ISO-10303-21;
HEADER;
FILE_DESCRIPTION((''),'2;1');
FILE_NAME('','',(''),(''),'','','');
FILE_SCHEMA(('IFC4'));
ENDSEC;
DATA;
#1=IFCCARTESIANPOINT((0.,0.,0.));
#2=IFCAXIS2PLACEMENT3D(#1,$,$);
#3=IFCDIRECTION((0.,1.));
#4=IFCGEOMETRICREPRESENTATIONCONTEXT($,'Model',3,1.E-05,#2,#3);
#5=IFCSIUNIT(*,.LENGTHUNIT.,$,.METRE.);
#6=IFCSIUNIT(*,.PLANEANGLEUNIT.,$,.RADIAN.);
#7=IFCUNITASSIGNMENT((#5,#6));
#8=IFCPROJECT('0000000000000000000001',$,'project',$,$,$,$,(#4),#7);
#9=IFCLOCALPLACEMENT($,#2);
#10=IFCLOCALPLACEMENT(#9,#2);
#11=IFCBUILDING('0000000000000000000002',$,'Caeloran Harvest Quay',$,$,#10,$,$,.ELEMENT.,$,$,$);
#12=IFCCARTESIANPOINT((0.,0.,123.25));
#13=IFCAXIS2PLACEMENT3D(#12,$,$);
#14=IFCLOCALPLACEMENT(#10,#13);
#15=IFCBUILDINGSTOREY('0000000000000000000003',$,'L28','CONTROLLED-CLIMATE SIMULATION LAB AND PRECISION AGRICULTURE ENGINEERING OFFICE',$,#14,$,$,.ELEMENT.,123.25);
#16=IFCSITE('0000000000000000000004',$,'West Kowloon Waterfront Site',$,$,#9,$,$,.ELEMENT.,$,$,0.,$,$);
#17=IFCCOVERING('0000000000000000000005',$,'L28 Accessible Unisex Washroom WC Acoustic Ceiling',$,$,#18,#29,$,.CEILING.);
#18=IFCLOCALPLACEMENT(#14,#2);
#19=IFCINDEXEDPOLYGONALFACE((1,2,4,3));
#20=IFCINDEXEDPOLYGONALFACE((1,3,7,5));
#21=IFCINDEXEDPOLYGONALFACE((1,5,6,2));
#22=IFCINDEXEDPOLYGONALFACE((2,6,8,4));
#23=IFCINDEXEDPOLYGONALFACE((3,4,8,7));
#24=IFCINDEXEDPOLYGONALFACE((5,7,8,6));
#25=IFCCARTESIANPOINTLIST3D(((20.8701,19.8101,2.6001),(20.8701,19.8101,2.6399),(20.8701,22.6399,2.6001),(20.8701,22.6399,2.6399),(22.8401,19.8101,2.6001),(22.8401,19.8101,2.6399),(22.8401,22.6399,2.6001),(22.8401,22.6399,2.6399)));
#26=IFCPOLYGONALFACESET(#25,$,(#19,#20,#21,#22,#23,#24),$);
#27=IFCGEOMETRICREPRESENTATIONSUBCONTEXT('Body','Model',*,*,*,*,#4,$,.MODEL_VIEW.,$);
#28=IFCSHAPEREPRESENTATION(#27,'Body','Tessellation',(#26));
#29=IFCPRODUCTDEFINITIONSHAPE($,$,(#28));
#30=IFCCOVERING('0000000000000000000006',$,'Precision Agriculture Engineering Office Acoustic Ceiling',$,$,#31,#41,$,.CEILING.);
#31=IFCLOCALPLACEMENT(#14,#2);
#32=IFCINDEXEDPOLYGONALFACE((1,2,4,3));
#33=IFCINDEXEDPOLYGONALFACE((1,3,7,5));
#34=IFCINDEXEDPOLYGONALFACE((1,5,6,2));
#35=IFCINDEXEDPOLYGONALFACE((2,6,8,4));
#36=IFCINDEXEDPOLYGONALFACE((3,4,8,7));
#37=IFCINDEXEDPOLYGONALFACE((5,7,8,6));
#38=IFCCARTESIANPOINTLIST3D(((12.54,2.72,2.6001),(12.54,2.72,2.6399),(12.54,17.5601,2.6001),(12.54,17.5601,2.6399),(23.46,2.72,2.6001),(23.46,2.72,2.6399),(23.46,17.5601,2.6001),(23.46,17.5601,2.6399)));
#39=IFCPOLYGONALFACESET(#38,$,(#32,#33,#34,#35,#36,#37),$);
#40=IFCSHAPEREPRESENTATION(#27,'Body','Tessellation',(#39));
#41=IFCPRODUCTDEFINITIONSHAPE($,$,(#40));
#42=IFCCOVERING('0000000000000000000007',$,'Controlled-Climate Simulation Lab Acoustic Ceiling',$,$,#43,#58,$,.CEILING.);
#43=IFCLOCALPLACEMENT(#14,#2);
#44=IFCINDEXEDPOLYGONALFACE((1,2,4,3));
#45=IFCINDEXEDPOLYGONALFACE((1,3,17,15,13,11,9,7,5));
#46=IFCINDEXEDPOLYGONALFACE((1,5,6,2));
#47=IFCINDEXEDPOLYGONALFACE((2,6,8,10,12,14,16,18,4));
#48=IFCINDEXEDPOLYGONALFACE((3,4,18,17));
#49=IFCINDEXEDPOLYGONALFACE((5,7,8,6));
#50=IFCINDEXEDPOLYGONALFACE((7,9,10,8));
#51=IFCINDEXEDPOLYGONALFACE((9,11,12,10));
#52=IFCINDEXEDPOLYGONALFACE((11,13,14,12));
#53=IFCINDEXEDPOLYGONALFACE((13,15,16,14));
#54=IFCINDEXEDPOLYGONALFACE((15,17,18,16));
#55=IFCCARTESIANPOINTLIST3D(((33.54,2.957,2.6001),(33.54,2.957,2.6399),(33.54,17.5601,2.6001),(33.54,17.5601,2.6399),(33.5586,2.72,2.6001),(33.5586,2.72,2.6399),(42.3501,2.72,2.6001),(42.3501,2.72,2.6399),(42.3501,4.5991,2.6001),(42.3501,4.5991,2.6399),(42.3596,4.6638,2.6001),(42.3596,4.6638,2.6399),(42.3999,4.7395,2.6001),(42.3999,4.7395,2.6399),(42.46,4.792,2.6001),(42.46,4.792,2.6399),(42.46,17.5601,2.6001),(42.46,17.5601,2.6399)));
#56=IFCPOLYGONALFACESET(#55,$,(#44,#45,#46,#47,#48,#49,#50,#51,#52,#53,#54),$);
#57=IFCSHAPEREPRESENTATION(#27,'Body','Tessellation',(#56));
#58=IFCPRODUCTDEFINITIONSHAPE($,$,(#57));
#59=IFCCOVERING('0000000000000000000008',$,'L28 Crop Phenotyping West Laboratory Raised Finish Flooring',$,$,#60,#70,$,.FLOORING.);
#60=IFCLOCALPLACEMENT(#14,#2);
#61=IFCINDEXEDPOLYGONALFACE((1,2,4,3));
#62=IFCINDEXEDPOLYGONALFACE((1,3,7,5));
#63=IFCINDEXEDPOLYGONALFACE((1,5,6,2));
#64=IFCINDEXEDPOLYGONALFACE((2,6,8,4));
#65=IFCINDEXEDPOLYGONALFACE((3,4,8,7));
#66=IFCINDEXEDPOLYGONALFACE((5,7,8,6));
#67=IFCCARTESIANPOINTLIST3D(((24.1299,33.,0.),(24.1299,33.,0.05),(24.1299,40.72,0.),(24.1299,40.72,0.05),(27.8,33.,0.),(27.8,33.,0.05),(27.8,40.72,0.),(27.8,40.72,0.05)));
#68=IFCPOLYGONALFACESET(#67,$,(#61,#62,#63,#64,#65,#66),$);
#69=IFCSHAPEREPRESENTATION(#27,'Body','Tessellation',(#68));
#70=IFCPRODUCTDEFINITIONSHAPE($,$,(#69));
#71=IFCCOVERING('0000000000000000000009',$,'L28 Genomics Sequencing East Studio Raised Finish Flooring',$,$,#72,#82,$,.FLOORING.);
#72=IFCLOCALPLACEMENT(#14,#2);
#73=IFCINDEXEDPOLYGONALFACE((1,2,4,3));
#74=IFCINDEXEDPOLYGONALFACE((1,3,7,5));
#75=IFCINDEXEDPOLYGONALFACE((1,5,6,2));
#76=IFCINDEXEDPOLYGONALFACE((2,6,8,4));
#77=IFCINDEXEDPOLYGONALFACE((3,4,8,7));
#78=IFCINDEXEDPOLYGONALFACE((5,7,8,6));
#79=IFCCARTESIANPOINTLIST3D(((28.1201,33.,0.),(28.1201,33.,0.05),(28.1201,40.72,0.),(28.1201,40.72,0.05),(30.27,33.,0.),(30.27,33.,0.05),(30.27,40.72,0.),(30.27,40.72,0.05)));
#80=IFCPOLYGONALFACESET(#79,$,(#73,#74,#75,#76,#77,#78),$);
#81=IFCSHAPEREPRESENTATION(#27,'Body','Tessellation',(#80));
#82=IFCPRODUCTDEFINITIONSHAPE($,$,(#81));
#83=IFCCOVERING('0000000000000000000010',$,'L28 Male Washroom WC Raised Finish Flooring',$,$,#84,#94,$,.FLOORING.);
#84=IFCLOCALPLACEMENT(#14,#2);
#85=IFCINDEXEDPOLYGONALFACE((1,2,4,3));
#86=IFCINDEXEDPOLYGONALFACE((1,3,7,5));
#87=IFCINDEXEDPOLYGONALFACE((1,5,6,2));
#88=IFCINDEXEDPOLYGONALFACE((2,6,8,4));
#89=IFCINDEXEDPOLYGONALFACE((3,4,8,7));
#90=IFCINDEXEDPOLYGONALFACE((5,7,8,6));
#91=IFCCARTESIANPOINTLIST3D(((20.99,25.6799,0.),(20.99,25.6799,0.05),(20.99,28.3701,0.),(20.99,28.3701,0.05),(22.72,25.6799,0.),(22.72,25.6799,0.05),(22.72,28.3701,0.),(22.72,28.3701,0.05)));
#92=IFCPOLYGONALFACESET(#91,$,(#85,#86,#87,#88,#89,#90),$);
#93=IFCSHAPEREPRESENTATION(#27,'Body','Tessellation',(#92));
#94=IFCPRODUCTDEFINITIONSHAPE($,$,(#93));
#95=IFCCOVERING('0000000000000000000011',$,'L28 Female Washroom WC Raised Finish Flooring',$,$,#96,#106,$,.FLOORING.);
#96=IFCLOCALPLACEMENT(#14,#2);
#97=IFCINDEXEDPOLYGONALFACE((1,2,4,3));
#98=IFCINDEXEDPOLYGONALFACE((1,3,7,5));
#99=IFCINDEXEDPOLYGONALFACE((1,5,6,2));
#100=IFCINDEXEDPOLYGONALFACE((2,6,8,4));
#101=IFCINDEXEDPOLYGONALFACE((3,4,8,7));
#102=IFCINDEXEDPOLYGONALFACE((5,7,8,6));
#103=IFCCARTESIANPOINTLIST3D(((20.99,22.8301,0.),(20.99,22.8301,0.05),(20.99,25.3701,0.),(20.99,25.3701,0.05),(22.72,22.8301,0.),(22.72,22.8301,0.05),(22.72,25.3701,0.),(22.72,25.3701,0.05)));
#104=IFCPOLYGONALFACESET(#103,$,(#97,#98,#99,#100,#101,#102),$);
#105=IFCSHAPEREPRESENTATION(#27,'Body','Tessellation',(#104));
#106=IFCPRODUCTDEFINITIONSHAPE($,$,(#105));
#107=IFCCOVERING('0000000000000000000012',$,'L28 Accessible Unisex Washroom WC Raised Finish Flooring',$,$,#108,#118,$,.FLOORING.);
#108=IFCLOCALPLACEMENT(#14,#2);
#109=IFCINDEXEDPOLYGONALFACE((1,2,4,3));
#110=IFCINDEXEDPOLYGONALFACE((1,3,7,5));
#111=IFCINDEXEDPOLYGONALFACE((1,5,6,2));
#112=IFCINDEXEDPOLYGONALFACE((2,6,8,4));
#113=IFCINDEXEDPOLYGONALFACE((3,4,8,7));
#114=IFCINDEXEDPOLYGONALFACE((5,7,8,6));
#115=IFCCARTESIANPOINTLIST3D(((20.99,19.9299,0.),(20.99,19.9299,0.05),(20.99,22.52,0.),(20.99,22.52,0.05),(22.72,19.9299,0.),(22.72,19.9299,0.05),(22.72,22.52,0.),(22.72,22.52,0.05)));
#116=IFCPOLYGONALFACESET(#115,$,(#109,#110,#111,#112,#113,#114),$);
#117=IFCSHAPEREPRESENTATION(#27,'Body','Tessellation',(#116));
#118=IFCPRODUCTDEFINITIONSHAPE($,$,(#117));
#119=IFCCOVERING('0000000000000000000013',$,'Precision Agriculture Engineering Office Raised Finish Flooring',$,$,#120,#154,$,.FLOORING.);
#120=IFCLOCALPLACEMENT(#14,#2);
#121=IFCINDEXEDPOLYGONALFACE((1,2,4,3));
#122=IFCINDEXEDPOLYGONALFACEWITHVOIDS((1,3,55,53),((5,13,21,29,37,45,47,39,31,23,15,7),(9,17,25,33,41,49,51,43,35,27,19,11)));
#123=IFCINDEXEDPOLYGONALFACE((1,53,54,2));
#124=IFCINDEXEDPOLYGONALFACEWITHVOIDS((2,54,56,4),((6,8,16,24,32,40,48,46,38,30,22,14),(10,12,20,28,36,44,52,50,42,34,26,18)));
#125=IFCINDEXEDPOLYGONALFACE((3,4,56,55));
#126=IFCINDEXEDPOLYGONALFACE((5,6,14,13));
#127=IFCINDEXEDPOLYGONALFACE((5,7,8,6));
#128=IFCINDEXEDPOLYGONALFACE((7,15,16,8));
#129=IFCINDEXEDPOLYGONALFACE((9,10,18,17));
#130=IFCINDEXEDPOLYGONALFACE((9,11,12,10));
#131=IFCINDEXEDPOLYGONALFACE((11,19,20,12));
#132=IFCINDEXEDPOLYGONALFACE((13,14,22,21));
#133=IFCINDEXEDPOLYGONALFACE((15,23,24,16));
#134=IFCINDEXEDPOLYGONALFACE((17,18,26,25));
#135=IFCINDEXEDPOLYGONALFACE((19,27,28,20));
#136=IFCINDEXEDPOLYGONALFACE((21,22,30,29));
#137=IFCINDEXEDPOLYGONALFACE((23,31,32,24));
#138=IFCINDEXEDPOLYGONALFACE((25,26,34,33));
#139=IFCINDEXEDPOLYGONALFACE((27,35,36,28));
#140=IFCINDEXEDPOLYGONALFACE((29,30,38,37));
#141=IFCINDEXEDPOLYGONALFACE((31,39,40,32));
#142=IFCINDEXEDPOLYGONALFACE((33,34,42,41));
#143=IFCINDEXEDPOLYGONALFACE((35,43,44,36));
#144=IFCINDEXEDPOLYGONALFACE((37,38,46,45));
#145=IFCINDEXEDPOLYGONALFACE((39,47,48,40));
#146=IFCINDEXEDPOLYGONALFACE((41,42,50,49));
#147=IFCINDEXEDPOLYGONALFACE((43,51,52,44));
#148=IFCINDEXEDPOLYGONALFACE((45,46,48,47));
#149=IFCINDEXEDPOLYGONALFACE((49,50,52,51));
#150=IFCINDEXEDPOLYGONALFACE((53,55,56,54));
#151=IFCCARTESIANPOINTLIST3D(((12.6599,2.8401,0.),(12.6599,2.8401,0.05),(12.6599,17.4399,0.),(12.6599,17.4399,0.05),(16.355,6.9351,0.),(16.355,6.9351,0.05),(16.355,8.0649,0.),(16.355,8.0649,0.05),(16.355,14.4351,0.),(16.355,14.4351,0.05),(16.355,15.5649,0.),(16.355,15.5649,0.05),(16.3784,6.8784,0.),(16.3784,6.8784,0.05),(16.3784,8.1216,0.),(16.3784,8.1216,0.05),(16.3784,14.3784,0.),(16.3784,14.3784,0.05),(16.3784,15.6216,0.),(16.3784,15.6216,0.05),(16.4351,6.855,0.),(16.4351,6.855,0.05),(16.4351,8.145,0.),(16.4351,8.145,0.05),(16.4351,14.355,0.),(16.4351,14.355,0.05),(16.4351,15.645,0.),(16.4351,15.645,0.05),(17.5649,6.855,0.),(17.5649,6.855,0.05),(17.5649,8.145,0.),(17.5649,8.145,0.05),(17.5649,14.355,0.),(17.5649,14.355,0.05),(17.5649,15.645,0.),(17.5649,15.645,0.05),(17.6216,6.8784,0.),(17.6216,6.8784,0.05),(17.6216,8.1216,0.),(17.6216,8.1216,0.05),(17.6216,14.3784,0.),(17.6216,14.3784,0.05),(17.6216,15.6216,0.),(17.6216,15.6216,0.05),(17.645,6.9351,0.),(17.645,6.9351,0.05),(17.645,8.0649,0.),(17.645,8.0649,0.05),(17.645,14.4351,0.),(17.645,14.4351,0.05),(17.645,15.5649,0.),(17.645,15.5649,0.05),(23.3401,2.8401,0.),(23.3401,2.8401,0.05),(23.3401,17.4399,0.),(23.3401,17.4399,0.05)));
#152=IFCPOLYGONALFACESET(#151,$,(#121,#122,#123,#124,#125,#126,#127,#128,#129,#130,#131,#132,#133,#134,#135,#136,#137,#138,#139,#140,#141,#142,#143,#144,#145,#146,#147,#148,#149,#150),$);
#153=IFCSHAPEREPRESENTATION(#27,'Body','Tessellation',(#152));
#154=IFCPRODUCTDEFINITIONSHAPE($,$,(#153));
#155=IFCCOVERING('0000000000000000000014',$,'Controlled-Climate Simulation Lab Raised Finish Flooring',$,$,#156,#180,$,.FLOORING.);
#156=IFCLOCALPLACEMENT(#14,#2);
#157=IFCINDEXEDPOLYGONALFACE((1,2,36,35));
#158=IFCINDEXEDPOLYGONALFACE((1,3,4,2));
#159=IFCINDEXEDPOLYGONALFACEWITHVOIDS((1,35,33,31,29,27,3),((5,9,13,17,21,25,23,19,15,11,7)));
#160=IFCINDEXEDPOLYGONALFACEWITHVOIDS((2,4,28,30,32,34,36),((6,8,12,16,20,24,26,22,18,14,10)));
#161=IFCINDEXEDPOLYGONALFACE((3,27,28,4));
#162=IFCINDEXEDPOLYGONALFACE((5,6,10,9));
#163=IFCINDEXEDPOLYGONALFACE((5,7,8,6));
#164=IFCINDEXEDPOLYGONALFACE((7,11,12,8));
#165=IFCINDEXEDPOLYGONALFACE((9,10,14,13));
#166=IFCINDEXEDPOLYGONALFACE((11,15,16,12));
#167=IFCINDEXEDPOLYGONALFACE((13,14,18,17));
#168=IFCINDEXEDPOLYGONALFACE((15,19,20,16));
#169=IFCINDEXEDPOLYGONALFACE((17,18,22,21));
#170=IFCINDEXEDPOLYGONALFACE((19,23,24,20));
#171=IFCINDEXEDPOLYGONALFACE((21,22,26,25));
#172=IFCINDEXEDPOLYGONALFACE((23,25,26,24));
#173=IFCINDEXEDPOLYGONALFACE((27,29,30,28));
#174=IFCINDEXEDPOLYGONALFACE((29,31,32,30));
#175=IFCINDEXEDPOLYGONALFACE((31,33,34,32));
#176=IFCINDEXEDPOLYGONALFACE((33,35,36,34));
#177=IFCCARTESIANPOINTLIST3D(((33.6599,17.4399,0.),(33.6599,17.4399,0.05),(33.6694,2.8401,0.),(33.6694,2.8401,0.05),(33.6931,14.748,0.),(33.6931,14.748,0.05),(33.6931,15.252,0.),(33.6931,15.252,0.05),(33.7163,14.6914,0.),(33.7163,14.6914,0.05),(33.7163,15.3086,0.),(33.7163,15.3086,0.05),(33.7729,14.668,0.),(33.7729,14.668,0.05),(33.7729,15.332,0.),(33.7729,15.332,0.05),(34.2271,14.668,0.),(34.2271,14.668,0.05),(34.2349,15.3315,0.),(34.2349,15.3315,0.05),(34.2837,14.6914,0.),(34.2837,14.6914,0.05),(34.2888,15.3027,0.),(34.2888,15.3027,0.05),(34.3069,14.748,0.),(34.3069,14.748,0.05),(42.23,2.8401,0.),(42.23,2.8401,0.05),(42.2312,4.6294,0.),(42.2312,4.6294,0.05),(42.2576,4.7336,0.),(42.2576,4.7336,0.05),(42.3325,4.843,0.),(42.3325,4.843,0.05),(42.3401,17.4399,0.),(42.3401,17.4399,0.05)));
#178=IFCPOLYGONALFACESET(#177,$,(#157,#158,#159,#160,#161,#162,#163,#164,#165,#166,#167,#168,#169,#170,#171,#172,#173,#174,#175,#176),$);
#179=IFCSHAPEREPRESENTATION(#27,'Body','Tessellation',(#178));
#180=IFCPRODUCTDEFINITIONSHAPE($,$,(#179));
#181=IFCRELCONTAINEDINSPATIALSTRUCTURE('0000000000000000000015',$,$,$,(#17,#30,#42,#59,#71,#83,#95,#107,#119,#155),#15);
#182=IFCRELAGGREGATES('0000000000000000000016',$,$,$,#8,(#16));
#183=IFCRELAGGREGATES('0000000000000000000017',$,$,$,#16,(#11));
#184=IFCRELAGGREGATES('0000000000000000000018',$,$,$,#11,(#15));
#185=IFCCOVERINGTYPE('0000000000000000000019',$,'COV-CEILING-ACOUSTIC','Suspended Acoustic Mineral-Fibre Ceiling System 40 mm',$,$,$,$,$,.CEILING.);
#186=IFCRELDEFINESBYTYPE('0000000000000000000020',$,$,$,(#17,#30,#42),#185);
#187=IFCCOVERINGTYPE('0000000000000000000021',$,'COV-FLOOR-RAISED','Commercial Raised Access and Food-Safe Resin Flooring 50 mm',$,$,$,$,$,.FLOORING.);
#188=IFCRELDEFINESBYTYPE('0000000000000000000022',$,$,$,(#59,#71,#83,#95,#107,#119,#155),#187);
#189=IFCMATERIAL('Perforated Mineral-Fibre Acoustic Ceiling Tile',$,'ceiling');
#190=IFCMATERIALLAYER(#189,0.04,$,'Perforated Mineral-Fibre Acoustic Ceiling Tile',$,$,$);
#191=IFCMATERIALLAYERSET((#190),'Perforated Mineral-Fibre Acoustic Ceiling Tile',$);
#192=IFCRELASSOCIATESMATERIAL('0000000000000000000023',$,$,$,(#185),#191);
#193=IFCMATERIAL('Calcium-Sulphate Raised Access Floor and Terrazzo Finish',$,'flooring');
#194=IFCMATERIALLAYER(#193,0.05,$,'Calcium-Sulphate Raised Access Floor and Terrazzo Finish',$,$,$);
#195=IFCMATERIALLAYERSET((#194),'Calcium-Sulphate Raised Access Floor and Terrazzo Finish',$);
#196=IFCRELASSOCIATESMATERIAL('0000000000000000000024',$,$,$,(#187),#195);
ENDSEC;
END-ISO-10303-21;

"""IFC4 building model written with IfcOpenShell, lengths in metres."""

from ifc_helpers import new_model, si_unit, direction, frame, origin, place, context, subcontext, project, spatial, polyline, outline, extrude, material, layer, layer_set, type_object, element, save


model = new_model("IFC4")

# Units and contexts
model_context = context("Model", 3, precision=1e-05, world=origin(), true_north=direction((0.0, 1.0)))
body_context = subcontext(model_context, "Body", "Model", "MODEL_VIEW")
ifc_project = project(units=[si_unit("LENGTHUNIT", "METRE"), si_unit("PLANEANGLEUNIT", "RADIAN")], contexts=[model_context])

# Site, building, storey
site_placement = place(None, origin())
site = spatial("IfcSite", under=ifc_project, at=site_placement, Name="West Kowloon Waterfront Site", CompositionType="ELEMENT", RefElevation=0.0)
building_placement = place(site_placement, origin())
building = spatial("IfcBuilding", under=site, at=building_placement, Name="Caeloran Harvest Quay", CompositionType="ELEMENT")
storey_placement = place(building_placement, frame((0.0, 0.0, 123.25)))
storey = spatial("IfcBuildingStorey", under=building, at=storey_placement, Name="L28", Description="CONTROLLED-CLIMATE SIMULATION LAB AND PRECISION AGRICULTURE ENGINEERING OFFICE", CompositionType="ELEMENT", Elevation=123.25)

# Coverings
ifc_material_1 = material(Name="Perforated Mineral-Fibre Acoustic Ceiling Tile", Category="ceiling")
ifc_layer_1 = layer(ifc_material_1, 0.04, Name="Perforated Mineral-Fibre Acoustic Ceiling Tile")
ifc_layer_set_1 = layer_set([ifc_layer_1], Name="Perforated Mineral-Fibre Acoustic Ceiling Tile")
covering_type_1 = type_object("IfcCoveringType", Name="COV-CEILING-ACOUSTIC", Description="Suspended Acoustic Mineral-Fibre Ceiling System 40 mm", PredefinedType="CEILING", material=ifc_layer_set_1)
covering_1_placement = place(storey_placement, frame((0.0, 0.0, 2.6001)))
element("IfcCovering", 1, at=covering_1_placement, inside=storey, type_object=covering_type_1, Name="L28 Accessible Unisex Washroom WC Acoustic Ceiling", PredefinedType="CEILING", context=body_context, shape_type="SweptSolid", body=[
    extrude(outline(polyline([(22.8401, 19.8101), (20.8701, 19.8101), (20.8701, 22.6399), (22.8401, 22.6399), (22.8401, 19.8101)])), origin(), (0.0, 0.0, 1.0), 0.0398),
])
covering_2_placement = place(storey_placement, frame((0.0, 0.0, 2.6001)))
element("IfcCovering", 2, at=covering_2_placement, inside=storey, type_object=covering_type_1, Name="Precision Agriculture Engineering Office Acoustic Ceiling", PredefinedType="CEILING", context=body_context, shape_type="SweptSolid", body=[
    extrude(outline(polyline([(23.46, 2.72), (12.54, 2.72), (12.54, 17.5601), (23.46, 17.5601), (23.46, 2.72)])), origin(), (0.0, 0.0, 1.0), 0.0398),
])
covering_3_placement = place(storey_placement, frame((0.0, 0.0, 2.6001)))
element("IfcCovering", 3, at=covering_3_placement, inside=storey, type_object=covering_type_1, Name="Controlled-Climate Simulation Lab Acoustic Ceiling", PredefinedType="CEILING", context=body_context, shape_type="SweptSolid", body=[
    extrude(outline(polyline([(42.3999, 4.7395), (42.3596, 4.6638), (42.3501, 4.5991), (42.3501, 2.72), (33.5586, 2.72), (33.54, 2.957), (33.54, 17.5601), (42.46, 17.5601), (42.46, 4.792), (42.3999, 4.7395)])), origin(), (0.0, 0.0, 1.0), 0.0398),
])
ifc_material_2 = material(Name="Calcium-Sulphate Raised Access Floor and Terrazzo Finish", Category="flooring")
ifc_layer_2 = layer(ifc_material_2, 0.05, Name="Calcium-Sulphate Raised Access Floor and Terrazzo Finish")
ifc_layer_set_2 = layer_set([ifc_layer_2], Name="Calcium-Sulphate Raised Access Floor and Terrazzo Finish")
covering_type_2 = type_object("IfcCoveringType", Name="COV-FLOOR-RAISED", Description="Commercial Raised Access and Food-Safe Resin Flooring 50 mm", PredefinedType="FLOORING", material=ifc_layer_set_2)
covering_4_placement = place(storey_placement, origin())
element("IfcCovering", 4, at=covering_4_placement, inside=storey, type_object=covering_type_2, Name="L28 Crop Phenotyping West Laboratory Raised Finish Flooring", PredefinedType="FLOORING", context=body_context, shape_type="SweptSolid", body=[
    extrude(outline(polyline([(27.8, 40.72), (27.8, 33.0), (24.1299, 33.0), (24.1299, 40.72), (27.8, 40.72)])), origin(), (0.0, 0.0, 1.0), 0.05),
])
covering_5_placement = place(storey_placement, origin())
element("IfcCovering", 5, at=covering_5_placement, inside=storey, type_object=covering_type_2, Name="L28 Genomics Sequencing East Studio Raised Finish Flooring", PredefinedType="FLOORING", context=body_context, shape_type="SweptSolid", body=[
    extrude(outline(polyline([(30.27, 40.72), (30.27, 33.0), (28.1201, 33.0), (28.1201, 40.72), (30.27, 40.72)])), origin(), (0.0, 0.0, 1.0), 0.05),
])
covering_6_placement = place(storey_placement, origin())
element("IfcCovering", 6, at=covering_6_placement, inside=storey, type_object=covering_type_2, Name="L28 Male Washroom WC Raised Finish Flooring", PredefinedType="FLOORING", context=body_context, shape_type="SweptSolid", body=[
    extrude(outline(polyline([(22.72, 25.6799), (20.99, 25.6799), (20.99, 28.3701), (22.72, 28.3701), (22.72, 25.6799)])), origin(), (0.0, 0.0, 1.0), 0.05),
])
covering_7_placement = place(storey_placement, origin())
element("IfcCovering", 7, at=covering_7_placement, inside=storey, type_object=covering_type_2, Name="L28 Female Washroom WC Raised Finish Flooring", PredefinedType="FLOORING", context=body_context, shape_type="SweptSolid", body=[
    extrude(outline(polyline([(22.72, 22.8301), (20.99, 22.8301), (20.99, 25.3701), (22.72, 25.3701), (22.72, 22.8301)])), origin(), (0.0, 0.0, 1.0), 0.05),
])
covering_8_placement = place(storey_placement, origin())
element("IfcCovering", 8, at=covering_8_placement, inside=storey, type_object=covering_type_2, Name="L28 Accessible Unisex Washroom WC Raised Finish Flooring", PredefinedType="FLOORING", context=body_context, shape_type="SweptSolid", body=[
    extrude(outline(polyline([(22.72, 19.9299), (20.99, 19.9299), (20.99, 22.52), (22.72, 22.52), (22.72, 19.9299)])), origin(), (0.0, 0.0, 1.0), 0.05),
])
covering_9_placement = place(storey_placement, origin())
element("IfcCovering", 9, at=covering_9_placement, inside=storey, type_object=covering_type_2, Name="Precision Agriculture Engineering Office Raised Finish Flooring", PredefinedType="FLOORING", context=body_context, shape_type="SweptSolid", body=[
    extrude(outline(polyline([(12.6599, 17.4399), (23.3401, 17.4399), (23.3401, 2.8401), (12.6599, 2.8401), (12.6599, 17.4399)]), holes=[polyline([(16.4351, 8.145), (16.3784, 8.1216), (16.355, 8.0649), (16.355, 6.9351), (16.3784, 6.8784), (16.4351, 6.855), (17.5649, 6.855), (17.6216, 6.8784), (17.645, 6.9351), (17.645, 8.0649), (17.6216, 8.1216), (17.5649, 8.145), (16.4351, 8.145)]), polyline([(16.4351, 15.645), (16.3784, 15.6216), (16.355, 15.5649), (16.355, 14.4351), (16.3784, 14.3784), (16.4351, 14.355), (17.5649, 14.355), (17.6216, 14.3784), (17.645, 14.4351), (17.645, 15.5649), (17.6216, 15.6216), (17.5649, 15.645), (16.4351, 15.645)])]), origin(), (0.0, 0.0, 1.0), 0.05),
])
covering_10_placement = place(storey_placement, origin())
element("IfcCovering", 10, at=covering_10_placement, inside=storey, type_object=covering_type_2, Name="Controlled-Climate Simulation Lab Raised Finish Flooring", PredefinedType="FLOORING", context=body_context, shape_type="SweptSolid", body=[
    extrude(outline(polyline([(42.3325, 4.843), (42.2576, 4.7336), (42.2312, 4.6294), (42.23, 2.8401), (33.6694, 2.8401), (33.6599, 17.4399), (42.3401, 17.4399), (42.3325, 4.843)]), holes=[polyline([(34.3069, 14.748), (34.2888, 15.3027), (34.2349, 15.3315), (33.7729, 15.332), (33.7163, 15.3086), (33.6931, 15.252), (33.6931, 14.748), (33.7163, 14.6914), (33.7729, 14.668), (34.2271, 14.668), (34.2837, 14.6914), (34.3069, 14.748)])]), origin(), (0.0, 0.0, 1.0), 0.05),
])

save(model, "model.ifc")
